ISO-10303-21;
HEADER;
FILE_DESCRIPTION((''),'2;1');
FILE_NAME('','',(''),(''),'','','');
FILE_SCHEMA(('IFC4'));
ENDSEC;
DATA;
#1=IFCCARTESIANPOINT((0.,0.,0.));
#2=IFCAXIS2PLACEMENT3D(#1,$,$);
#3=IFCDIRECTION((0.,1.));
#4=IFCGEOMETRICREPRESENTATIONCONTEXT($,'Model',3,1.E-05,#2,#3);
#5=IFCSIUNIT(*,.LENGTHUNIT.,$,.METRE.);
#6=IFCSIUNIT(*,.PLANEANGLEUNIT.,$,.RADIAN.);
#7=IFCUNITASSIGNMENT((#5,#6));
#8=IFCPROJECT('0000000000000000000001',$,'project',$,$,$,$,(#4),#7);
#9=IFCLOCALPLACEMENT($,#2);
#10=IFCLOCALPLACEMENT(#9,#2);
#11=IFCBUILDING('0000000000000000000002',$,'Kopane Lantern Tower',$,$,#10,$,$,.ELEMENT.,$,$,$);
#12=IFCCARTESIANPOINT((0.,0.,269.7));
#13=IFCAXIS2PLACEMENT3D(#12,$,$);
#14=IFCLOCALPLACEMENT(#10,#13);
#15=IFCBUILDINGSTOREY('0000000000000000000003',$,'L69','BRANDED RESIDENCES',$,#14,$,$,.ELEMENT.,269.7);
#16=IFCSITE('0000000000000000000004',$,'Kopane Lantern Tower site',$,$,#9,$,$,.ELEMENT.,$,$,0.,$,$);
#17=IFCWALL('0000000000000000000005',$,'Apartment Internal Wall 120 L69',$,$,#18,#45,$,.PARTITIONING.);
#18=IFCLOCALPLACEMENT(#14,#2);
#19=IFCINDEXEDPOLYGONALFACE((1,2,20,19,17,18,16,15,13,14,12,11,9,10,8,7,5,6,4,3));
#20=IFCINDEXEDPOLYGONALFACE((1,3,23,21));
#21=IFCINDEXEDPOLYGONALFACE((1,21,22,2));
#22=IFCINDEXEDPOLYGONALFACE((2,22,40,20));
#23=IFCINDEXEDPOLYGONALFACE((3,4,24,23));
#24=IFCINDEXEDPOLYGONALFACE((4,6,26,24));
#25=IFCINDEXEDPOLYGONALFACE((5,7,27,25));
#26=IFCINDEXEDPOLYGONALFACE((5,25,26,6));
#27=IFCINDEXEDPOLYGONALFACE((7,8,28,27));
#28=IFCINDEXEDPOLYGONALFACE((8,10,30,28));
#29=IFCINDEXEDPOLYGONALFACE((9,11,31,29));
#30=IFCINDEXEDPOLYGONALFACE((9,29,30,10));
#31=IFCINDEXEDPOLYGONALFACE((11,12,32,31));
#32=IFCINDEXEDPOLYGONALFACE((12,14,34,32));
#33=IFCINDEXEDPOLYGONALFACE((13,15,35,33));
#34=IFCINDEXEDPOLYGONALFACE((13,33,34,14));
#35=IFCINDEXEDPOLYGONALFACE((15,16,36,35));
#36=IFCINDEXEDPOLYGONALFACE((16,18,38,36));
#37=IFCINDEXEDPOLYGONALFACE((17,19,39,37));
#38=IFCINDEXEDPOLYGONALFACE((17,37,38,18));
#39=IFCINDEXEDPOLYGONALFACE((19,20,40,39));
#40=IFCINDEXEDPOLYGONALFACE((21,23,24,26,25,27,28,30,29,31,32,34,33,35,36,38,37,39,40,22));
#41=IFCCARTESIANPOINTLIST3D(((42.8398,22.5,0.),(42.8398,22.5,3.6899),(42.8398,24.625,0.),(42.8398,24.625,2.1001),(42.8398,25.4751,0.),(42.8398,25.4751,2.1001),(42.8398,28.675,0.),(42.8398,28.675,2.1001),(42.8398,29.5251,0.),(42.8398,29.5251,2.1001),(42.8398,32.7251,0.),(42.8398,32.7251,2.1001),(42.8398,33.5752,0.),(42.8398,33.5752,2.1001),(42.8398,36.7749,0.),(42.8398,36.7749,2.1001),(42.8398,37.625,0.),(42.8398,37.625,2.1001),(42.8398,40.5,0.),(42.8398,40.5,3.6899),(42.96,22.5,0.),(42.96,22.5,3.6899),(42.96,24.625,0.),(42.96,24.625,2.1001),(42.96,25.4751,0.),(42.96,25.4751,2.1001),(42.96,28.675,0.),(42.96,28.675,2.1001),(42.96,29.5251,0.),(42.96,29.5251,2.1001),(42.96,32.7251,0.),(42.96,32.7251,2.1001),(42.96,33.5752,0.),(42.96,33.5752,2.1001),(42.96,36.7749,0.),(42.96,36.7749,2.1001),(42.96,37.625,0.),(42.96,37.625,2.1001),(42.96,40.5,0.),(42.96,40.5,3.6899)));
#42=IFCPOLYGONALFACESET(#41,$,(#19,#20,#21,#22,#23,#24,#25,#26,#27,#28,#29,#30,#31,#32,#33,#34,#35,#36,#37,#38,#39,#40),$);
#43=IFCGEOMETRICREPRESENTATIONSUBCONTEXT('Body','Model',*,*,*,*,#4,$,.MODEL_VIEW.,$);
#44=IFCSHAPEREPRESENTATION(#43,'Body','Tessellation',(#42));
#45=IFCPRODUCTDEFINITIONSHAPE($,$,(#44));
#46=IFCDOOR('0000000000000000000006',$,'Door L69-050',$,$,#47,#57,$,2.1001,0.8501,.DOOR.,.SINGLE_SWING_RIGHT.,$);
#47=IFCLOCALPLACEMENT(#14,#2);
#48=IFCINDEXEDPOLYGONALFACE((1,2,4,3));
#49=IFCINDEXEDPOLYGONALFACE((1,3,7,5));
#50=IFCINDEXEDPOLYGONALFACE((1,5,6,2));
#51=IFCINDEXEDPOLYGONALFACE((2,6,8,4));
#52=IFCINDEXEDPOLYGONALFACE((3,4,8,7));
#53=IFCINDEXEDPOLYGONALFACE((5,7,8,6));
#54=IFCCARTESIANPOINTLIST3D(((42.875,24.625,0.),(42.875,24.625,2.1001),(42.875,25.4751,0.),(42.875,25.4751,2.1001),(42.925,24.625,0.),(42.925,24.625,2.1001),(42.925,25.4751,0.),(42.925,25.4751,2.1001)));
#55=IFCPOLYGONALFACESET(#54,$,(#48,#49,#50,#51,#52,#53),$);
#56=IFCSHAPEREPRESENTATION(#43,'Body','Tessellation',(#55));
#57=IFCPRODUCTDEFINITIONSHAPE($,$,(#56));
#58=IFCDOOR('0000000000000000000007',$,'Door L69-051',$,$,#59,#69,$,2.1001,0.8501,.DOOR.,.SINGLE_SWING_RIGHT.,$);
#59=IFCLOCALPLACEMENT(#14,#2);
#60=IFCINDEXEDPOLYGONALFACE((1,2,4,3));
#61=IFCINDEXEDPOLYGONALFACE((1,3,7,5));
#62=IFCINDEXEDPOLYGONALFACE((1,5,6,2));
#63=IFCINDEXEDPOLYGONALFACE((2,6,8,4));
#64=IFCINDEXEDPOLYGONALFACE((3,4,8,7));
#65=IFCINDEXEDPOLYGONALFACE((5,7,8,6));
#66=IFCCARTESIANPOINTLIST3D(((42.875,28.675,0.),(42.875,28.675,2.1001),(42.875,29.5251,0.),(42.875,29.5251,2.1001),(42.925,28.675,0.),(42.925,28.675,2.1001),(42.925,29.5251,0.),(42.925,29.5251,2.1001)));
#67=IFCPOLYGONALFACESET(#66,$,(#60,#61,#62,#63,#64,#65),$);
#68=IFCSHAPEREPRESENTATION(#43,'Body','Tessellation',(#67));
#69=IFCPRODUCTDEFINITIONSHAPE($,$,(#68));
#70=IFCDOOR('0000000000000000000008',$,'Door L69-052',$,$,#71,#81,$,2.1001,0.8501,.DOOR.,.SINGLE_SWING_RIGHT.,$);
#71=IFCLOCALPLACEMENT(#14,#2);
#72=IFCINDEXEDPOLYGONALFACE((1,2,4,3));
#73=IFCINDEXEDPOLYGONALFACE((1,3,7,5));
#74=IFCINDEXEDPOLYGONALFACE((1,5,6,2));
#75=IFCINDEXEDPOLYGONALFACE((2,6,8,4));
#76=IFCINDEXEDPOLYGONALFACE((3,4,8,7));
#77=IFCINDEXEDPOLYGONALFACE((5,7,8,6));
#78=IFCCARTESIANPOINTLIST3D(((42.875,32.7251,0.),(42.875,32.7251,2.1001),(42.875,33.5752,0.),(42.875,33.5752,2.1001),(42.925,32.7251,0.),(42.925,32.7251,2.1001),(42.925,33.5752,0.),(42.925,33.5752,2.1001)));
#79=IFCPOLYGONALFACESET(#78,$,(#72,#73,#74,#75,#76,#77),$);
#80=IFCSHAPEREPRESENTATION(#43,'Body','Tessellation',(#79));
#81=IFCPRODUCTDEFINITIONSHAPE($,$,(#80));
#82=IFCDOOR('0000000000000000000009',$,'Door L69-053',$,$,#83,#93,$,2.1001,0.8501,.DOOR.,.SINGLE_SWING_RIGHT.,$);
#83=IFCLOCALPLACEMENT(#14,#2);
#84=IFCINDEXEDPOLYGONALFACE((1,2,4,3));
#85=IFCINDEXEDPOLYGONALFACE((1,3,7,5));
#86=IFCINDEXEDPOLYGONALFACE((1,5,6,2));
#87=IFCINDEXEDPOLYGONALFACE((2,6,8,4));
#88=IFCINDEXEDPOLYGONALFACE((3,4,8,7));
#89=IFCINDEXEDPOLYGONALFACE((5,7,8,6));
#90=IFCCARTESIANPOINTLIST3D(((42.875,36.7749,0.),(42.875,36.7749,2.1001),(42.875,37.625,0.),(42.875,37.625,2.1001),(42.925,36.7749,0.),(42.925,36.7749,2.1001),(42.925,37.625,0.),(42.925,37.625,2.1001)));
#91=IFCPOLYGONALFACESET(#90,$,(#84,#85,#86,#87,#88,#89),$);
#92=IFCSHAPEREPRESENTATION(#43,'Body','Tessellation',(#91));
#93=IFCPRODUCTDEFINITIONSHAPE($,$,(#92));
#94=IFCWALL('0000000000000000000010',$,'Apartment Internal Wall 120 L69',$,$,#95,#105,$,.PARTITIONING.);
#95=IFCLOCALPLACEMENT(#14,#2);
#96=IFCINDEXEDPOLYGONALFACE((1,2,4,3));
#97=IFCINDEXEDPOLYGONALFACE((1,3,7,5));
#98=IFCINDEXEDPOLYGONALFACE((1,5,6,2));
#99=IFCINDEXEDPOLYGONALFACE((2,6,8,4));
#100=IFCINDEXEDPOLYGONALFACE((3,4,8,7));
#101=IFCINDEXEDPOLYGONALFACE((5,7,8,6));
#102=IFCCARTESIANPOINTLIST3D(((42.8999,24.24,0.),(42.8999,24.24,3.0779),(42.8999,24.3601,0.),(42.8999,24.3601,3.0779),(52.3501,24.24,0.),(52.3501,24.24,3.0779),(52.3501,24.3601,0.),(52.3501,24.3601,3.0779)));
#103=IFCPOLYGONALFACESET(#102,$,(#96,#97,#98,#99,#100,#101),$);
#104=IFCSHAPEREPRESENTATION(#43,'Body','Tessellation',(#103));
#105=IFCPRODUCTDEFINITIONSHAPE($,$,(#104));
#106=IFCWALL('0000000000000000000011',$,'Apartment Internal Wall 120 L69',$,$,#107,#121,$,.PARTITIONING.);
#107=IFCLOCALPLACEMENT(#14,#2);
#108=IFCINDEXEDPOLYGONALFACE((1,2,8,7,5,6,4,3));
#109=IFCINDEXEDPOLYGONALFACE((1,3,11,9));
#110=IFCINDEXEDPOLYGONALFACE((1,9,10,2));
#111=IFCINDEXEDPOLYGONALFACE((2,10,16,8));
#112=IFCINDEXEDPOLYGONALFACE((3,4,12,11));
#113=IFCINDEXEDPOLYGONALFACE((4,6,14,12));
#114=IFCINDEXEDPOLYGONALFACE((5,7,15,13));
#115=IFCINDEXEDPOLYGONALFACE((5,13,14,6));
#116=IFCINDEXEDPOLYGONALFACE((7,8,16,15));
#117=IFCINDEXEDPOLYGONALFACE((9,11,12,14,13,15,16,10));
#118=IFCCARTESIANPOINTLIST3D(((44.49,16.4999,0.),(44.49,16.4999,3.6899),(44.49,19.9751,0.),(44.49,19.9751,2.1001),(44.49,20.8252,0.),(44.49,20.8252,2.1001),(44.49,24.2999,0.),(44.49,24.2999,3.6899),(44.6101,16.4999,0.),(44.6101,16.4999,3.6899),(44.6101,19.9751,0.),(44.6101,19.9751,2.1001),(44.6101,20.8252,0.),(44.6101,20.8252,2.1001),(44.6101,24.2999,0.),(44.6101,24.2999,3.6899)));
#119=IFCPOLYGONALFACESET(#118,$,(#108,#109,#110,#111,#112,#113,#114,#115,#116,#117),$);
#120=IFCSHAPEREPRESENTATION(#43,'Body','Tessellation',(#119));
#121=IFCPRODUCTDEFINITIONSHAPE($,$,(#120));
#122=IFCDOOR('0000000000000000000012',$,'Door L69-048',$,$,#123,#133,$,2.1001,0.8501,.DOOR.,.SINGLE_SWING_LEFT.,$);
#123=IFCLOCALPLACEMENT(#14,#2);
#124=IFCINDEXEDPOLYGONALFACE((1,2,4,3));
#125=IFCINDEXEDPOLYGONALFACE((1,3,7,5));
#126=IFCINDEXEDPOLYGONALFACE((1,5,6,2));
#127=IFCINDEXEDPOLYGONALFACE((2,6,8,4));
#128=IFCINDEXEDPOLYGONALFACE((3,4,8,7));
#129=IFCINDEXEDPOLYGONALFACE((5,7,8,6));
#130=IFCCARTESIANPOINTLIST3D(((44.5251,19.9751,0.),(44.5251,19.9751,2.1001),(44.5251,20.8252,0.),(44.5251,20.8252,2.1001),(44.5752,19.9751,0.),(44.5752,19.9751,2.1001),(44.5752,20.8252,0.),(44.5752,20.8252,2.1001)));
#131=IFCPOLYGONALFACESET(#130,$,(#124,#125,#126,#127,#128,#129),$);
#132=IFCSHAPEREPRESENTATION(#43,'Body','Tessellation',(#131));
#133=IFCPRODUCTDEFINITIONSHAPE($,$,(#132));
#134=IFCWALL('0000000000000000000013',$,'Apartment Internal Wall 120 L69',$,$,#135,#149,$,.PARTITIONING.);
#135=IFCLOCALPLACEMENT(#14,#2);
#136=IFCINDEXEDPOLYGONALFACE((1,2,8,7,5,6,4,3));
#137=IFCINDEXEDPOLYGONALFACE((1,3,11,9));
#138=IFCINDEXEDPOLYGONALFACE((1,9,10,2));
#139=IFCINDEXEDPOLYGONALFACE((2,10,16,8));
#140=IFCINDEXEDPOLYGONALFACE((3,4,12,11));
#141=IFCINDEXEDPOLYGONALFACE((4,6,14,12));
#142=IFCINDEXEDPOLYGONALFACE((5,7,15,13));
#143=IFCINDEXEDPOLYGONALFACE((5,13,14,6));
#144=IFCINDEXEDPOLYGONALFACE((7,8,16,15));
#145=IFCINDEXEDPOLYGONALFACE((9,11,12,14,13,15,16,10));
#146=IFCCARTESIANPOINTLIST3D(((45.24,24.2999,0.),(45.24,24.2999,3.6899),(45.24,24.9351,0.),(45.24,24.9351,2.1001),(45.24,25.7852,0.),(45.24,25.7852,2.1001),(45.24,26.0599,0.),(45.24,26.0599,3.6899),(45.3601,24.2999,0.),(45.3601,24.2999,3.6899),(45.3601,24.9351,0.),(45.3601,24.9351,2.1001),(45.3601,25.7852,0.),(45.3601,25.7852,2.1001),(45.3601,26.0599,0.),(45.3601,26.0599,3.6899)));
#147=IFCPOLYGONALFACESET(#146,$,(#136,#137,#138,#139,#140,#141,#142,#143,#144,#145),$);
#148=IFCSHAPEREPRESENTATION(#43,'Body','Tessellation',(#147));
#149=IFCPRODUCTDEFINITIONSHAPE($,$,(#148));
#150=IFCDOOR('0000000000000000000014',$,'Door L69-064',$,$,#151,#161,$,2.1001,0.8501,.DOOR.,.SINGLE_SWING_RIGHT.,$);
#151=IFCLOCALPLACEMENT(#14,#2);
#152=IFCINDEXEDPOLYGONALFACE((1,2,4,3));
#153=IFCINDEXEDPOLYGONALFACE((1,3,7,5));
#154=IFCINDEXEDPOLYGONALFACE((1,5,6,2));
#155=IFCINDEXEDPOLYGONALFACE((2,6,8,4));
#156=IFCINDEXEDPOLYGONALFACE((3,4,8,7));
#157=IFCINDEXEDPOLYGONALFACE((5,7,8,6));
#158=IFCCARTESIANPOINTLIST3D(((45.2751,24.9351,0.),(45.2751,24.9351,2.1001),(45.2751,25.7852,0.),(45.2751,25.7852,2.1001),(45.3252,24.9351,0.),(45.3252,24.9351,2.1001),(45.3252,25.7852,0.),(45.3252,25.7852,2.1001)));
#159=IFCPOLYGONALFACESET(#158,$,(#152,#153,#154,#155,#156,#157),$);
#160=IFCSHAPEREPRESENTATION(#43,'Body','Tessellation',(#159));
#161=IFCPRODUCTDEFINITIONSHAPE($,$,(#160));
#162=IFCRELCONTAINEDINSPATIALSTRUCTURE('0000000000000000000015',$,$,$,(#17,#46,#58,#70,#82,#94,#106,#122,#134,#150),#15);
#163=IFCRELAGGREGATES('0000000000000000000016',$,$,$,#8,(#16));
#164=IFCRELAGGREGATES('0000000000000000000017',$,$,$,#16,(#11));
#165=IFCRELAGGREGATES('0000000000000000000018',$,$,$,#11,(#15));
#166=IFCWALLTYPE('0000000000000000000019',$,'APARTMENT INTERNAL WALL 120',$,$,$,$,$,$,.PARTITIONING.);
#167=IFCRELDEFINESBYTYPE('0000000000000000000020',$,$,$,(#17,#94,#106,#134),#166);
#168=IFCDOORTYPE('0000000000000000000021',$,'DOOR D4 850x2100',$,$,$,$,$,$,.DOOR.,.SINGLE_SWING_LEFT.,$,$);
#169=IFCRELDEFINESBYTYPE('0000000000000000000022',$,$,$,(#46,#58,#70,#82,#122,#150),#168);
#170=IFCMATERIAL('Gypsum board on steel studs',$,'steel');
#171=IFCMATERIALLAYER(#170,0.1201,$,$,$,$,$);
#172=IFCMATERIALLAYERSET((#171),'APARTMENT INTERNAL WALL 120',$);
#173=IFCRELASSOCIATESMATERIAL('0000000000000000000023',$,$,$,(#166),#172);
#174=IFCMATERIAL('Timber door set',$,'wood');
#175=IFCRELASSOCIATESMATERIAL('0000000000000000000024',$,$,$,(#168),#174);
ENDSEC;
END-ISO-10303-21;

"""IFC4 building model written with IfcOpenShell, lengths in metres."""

from ifc_helpers import new_model, si_unit, direction, frame, frame_2d, origin, place, context, subcontext, project, spatial, rectangle, extrude, material, layer, layer_set, type_object, element, fill, save


model = new_model("IFC4")

# Units and contexts
model_context = context("Model", 3, precision=1e-05, world=origin(), true_north=direction((0.0, 1.0)))
body_context = subcontext(model_context, "Body", "Model", "MODEL_VIEW")
ifc_project = project(units=[si_unit("LENGTHUNIT", "METRE"), si_unit("PLANEANGLEUNIT", "RADIAN")], contexts=[model_context])

# Site, building, storey
site_placement = place(None, origin())
site = spatial("IfcSite", under=ifc_project, at=site_placement, Name="Kopane Lantern Tower site", CompositionType="ELEMENT", RefElevation=0.0)
building_placement = place(site_placement, origin())
building = spatial("IfcBuilding", under=site, at=building_placement, Name="Kopane Lantern Tower", CompositionType="ELEMENT")
storey_placement = place(building_placement, frame((0.0, 0.0, 269.7)))
storey = spatial("IfcBuildingStorey", under=building, at=storey_placement, Name="L69", Description="BRANDED RESIDENCES", CompositionType="ELEMENT", Elevation=269.7)

# Wall, openings, doors
ifc_material_1 = material(Name="Gypsum board on steel studs", Category="steel")
ifc_layer = layer(ifc_material_1, 0.1201)
ifc_layer_set = layer_set([ifc_layer], Name="APARTMENT INTERNAL WALL 120")
wall_type = type_object("IfcWallType", Name="APARTMENT INTERNAL WALL 120", PredefinedType="PARTITIONING", material=ifc_layer_set)
wall_1_placement = place(storey_placement, frame((42.8999, 22.5, 0.0), z_axis=(0.0, 0.0, 1.0), x_axis=(0.0, 1.0, 0.0)))
wall_1 = element("IfcWall", 1, at=wall_1_placement, inside=storey, type_object=wall_type, Name="Apartment Internal Wall 120 L69", PredefinedType="PARTITIONING", context=body_context, shape_type="SweptSolid", body=[
    extrude(rectangle(XDim=18.0, YDim=0.1201, at=frame_2d((9.0, 0.0))), origin(), (0.0, 0.0, 1.0), 3.6899),
])
opening_1_placement = place(wall_1_placement, frame((2.125, 0.0, 0.0)))
opening_1 = element("IfcOpeningElement", 2, at=opening_1_placement, cuts=wall_1, PredefinedType="OPENING", context=body_context, shape_type="SweptSolid", body=[
    extrude(rectangle(XDim=0.8501, YDim=2.1001, at=frame_2d((0.425, 1.05))), frame((0.0, 0.0701, 0.0), z_axis=(0.0, -1.0, 0.0), x_axis=(1.0, 0.0, 0.0)), (0.0, 0.0, 1.0), 0.1401),
])
opening_2_placement = place(wall_1_placement, frame((6.175, 0.0, 0.0)))
opening_2 = element("IfcOpeningElement", 3, at=opening_2_placement, cuts=wall_1, PredefinedType="OPENING", context=body_context, shape_type="SweptSolid", body=[
    extrude(rectangle(XDim=0.8501, YDim=2.1001, at=frame_2d((0.425, 1.05))), frame((0.0, 0.0701, 0.0), z_axis=(0.0, -1.0, 0.0), x_axis=(1.0, 0.0, 0.0)), (0.0, 0.0, 1.0), 0.1401),
])
opening_3_placement = place(wall_1_placement, frame((10.2251, 0.0, 0.0)))
opening_3 = element("IfcOpeningElement", 4, at=opening_3_placement, cuts=wall_1, PredefinedType="OPENING", context=body_context, shape_type="SweptSolid", body=[
    extrude(rectangle(XDim=0.8501, YDim=2.1001, at=frame_2d((0.425, 1.05))), frame((0.0, 0.0701, 0.0), z_axis=(0.0, -1.0, 0.0), x_axis=(1.0, 0.0, 0.0)), (0.0, 0.0, 1.0), 0.1401),
])
opening_4_placement = place(wall_1_placement, frame((14.2749, 0.0, 0.0)))
opening_4 = element("IfcOpeningElement", 5, at=opening_4_placement, cuts=wall_1, PredefinedType="OPENING", context=body_context, shape_type="SweptSolid", body=[
    extrude(rectangle(XDim=0.8501, YDim=2.1001, at=frame_2d((0.425, 1.05))), frame((0.0, 0.0701, 0.0), z_axis=(0.0, -1.0, 0.0), x_axis=(1.0, 0.0, 0.0)), (0.0, 0.0, 1.0), 0.1401),
])
ifc_material_2 = material(Name="Timber door set", Category="wood")
door_type = type_object("IfcDoorType", Name="DOOR D4 850x2100", OperationType="SINGLE_SWING_LEFT", PredefinedType="DOOR", material=ifc_material_2)
door_1_placement = place(opening_1_placement, origin())
door_1 = element("IfcDoor", 6, at=door_1_placement, inside=storey, type_object=door_type, Name="Door L69-050", OperationType="SINGLE_SWING_RIGHT", OverallHeight=2.1001, OverallWidth=0.8501, PredefinedType="DOOR", context=body_context, shape_type="SweptSolid", body=[
    extrude(rectangle(XDim=0.8501, YDim=2.1001, at=frame_2d((0.425, 1.05))), frame((0.0, 0.0249, 0.0), z_axis=(0.0, -1.0, 0.0), x_axis=(1.0, 0.0, 0.0)), (0.0, 0.0, 1.0), 0.05),
])
fill(opening_1, door_1)
door_2_placement = place(opening_2_placement, origin())
door_2 = element("IfcDoor", 7, at=door_2_placement, inside=storey, type_object=door_type, Name="Door L69-051", OperationType="SINGLE_SWING_RIGHT", OverallHeight=2.1001, OverallWidth=0.8501, PredefinedType="DOOR", context=body_context, shape_type="SweptSolid", body=[
    extrude(rectangle(XDim=0.8501, YDim=2.1001, at=frame_2d((0.425, 1.05))), frame((0.0, 0.0249, 0.0), z_axis=(0.0, -1.0, 0.0), x_axis=(1.0, 0.0, 0.0)), (0.0, 0.0, 1.0), 0.05),
])
fill(opening_2, door_2)
door_3_placement = place(opening_3_placement, origin())
door_3 = element("IfcDoor", 8, at=door_3_placement, inside=storey, type_object=door_type, Name="Door L69-052", OperationType="SINGLE_SWING_RIGHT", OverallHeight=2.1001, OverallWidth=0.8501, PredefinedType="DOOR", context=body_context, shape_type="SweptSolid", body=[
    extrude(rectangle(XDim=0.8501, YDim=2.1001, at=frame_2d((0.425, 1.05))), frame((0.0, 0.0249, 0.0), z_axis=(0.0, -1.0, 0.0), x_axis=(1.0, 0.0, 0.0)), (0.0, 0.0, 1.0), 0.05),
])
fill(opening_3, door_3)
door_4_placement = place(opening_4_placement, origin())
door_4 = element("IfcDoor", 9, at=door_4_placement, inside=storey, type_object=door_type, Name="Door L69-053", OperationType="SINGLE_SWING_RIGHT", OverallHeight=2.1001, OverallWidth=0.8501, PredefinedType="DOOR", context=body_context, shape_type="SweptSolid", body=[
    extrude(rectangle(XDim=0.8501, YDim=2.1001, at=frame_2d((0.425, 1.05))), frame((0.0, 0.0249, 0.0), z_axis=(0.0, -1.0, 0.0), x_axis=(1.0, 0.0, 0.0)), (0.0, 0.0, 1.0), 0.05),
])
fill(opening_4, door_4)

# Wall
wall_2_placement = place(storey_placement, frame((42.8999, 24.3, 0.0), z_axis=(0.0, 0.0, 1.0), x_axis=(1.0, 0.0, 0.0)))
element("IfcWall", 10, at=wall_2_placement, inside=storey, type_object=wall_type, Name="Apartment Internal Wall 120 L69", PredefinedType="PARTITIONING", context=body_context, shape_type="SweptSolid", body=[
    extrude(rectangle(XDim=9.4502, YDim=0.1201, at=frame_2d((4.7251, 0.0))), origin(), (0.0, 0.0, 1.0), 3.0779),
])

# Walls, openings, doors
wall_3_placement = place(storey_placement, frame((44.55, 16.5, 0.0), z_axis=(0.0, 0.0, 1.0), x_axis=(0.0, 1.0, 0.0)))
wall_3 = element("IfcWall", 11, at=wall_3_placement, inside=storey, type_object=wall_type, Name="Apartment Internal Wall 120 L69", PredefinedType="PARTITIONING", context=body_context, shape_type="SweptSolid", body=[
    extrude(rectangle(XDim=7.8, YDim=0.1201, at=frame_2d((3.8999, 0.0))), origin(), (0.0, 0.0, 1.0), 3.6899),
])
opening_5_placement = place(wall_3_placement, frame((3.4751, 0.0, 0.0)))
opening_5 = element("IfcOpeningElement", 12, at=opening_5_placement, cuts=wall_3, PredefinedType="OPENING", context=body_context, shape_type="SweptSolid", body=[
    extrude(rectangle(XDim=0.8501, YDim=2.1001, at=frame_2d((0.425, 1.05))), frame((0.0, 0.0701, 0.0), z_axis=(0.0, -1.0, 0.0), x_axis=(1.0, 0.0, 0.0)), (0.0, 0.0, 1.0), 0.1401),
])
door_5_placement = place(opening_5_placement, origin())
door_5 = element("IfcDoor", 13, at=door_5_placement, inside=storey, type_object=door_type, Name="Door L69-048", OperationType="SINGLE_SWING_LEFT", OverallHeight=2.1001, OverallWidth=0.8501, PredefinedType="DOOR", context=body_context, shape_type="SweptSolid", body=[
    extrude(rectangle(XDim=0.8501, YDim=2.1001, at=frame_2d((0.425, 1.05))), frame((0.0, 0.0249, 0.0), z_axis=(0.0, -1.0, 0.0), x_axis=(1.0, 0.0, 0.0)), (0.0, 0.0, 1.0), 0.05),
])
fill(opening_5, door_5)
wall_4_placement = place(storey_placement, frame((45.3, 24.3, 0.0), z_axis=(0.0, 0.0, 1.0), x_axis=(0.0, 1.0, 0.0)))
wall_4 = element("IfcWall", 14, at=wall_4_placement, inside=storey, type_object=wall_type, Name="Apartment Internal Wall 120 L69", PredefinedType="PARTITIONING", context=body_context, shape_type="SweptSolid", body=[
    extrude(rectangle(XDim=1.76, YDim=0.1201, at=frame_2d((0.8799, 0.0))), origin(), (0.0, 0.0, 1.0), 3.6899),
])
opening_6_placement = place(wall_4_placement, frame((0.635, 0.0, 0.0)))
opening_6 = element("IfcOpeningElement", 15, at=opening_6_placement, cuts=wall_4, PredefinedType="OPENING", context=body_context, shape_type="SweptSolid", body=[
    extrude(rectangle(XDim=0.8501, YDim=2.1001, at=frame_2d((0.425, 1.05))), frame((0.0, 0.0701, 0.0), z_axis=(0.0, -1.0, 0.0), x_axis=(1.0, 0.0, 0.0)), (0.0, 0.0, 1.0), 0.1401),
])
door_6_placement = place(opening_6_placement, origin())
door_6 = element("IfcDoor", 16, at=door_6_placement, inside=storey, type_object=door_type, Name="Door L69-064", OperationType="SINGLE_SWING_RIGHT", OverallHeight=2.1001, OverallWidth=0.8501, PredefinedType="DOOR", context=body_context, shape_type="SweptSolid", body=[
    extrude(rectangle(XDim=0.8501, YDim=2.1001, at=frame_2d((0.425, 1.05))), frame((0.0, 0.0249, 0.0), z_axis=(0.0, -1.0, 0.0), x_axis=(1.0, 0.0, 0.0)), (0.0, 0.0, 1.0), 0.05),
])
fill(opening_6, door_6)

save(model, "model.ifc")
